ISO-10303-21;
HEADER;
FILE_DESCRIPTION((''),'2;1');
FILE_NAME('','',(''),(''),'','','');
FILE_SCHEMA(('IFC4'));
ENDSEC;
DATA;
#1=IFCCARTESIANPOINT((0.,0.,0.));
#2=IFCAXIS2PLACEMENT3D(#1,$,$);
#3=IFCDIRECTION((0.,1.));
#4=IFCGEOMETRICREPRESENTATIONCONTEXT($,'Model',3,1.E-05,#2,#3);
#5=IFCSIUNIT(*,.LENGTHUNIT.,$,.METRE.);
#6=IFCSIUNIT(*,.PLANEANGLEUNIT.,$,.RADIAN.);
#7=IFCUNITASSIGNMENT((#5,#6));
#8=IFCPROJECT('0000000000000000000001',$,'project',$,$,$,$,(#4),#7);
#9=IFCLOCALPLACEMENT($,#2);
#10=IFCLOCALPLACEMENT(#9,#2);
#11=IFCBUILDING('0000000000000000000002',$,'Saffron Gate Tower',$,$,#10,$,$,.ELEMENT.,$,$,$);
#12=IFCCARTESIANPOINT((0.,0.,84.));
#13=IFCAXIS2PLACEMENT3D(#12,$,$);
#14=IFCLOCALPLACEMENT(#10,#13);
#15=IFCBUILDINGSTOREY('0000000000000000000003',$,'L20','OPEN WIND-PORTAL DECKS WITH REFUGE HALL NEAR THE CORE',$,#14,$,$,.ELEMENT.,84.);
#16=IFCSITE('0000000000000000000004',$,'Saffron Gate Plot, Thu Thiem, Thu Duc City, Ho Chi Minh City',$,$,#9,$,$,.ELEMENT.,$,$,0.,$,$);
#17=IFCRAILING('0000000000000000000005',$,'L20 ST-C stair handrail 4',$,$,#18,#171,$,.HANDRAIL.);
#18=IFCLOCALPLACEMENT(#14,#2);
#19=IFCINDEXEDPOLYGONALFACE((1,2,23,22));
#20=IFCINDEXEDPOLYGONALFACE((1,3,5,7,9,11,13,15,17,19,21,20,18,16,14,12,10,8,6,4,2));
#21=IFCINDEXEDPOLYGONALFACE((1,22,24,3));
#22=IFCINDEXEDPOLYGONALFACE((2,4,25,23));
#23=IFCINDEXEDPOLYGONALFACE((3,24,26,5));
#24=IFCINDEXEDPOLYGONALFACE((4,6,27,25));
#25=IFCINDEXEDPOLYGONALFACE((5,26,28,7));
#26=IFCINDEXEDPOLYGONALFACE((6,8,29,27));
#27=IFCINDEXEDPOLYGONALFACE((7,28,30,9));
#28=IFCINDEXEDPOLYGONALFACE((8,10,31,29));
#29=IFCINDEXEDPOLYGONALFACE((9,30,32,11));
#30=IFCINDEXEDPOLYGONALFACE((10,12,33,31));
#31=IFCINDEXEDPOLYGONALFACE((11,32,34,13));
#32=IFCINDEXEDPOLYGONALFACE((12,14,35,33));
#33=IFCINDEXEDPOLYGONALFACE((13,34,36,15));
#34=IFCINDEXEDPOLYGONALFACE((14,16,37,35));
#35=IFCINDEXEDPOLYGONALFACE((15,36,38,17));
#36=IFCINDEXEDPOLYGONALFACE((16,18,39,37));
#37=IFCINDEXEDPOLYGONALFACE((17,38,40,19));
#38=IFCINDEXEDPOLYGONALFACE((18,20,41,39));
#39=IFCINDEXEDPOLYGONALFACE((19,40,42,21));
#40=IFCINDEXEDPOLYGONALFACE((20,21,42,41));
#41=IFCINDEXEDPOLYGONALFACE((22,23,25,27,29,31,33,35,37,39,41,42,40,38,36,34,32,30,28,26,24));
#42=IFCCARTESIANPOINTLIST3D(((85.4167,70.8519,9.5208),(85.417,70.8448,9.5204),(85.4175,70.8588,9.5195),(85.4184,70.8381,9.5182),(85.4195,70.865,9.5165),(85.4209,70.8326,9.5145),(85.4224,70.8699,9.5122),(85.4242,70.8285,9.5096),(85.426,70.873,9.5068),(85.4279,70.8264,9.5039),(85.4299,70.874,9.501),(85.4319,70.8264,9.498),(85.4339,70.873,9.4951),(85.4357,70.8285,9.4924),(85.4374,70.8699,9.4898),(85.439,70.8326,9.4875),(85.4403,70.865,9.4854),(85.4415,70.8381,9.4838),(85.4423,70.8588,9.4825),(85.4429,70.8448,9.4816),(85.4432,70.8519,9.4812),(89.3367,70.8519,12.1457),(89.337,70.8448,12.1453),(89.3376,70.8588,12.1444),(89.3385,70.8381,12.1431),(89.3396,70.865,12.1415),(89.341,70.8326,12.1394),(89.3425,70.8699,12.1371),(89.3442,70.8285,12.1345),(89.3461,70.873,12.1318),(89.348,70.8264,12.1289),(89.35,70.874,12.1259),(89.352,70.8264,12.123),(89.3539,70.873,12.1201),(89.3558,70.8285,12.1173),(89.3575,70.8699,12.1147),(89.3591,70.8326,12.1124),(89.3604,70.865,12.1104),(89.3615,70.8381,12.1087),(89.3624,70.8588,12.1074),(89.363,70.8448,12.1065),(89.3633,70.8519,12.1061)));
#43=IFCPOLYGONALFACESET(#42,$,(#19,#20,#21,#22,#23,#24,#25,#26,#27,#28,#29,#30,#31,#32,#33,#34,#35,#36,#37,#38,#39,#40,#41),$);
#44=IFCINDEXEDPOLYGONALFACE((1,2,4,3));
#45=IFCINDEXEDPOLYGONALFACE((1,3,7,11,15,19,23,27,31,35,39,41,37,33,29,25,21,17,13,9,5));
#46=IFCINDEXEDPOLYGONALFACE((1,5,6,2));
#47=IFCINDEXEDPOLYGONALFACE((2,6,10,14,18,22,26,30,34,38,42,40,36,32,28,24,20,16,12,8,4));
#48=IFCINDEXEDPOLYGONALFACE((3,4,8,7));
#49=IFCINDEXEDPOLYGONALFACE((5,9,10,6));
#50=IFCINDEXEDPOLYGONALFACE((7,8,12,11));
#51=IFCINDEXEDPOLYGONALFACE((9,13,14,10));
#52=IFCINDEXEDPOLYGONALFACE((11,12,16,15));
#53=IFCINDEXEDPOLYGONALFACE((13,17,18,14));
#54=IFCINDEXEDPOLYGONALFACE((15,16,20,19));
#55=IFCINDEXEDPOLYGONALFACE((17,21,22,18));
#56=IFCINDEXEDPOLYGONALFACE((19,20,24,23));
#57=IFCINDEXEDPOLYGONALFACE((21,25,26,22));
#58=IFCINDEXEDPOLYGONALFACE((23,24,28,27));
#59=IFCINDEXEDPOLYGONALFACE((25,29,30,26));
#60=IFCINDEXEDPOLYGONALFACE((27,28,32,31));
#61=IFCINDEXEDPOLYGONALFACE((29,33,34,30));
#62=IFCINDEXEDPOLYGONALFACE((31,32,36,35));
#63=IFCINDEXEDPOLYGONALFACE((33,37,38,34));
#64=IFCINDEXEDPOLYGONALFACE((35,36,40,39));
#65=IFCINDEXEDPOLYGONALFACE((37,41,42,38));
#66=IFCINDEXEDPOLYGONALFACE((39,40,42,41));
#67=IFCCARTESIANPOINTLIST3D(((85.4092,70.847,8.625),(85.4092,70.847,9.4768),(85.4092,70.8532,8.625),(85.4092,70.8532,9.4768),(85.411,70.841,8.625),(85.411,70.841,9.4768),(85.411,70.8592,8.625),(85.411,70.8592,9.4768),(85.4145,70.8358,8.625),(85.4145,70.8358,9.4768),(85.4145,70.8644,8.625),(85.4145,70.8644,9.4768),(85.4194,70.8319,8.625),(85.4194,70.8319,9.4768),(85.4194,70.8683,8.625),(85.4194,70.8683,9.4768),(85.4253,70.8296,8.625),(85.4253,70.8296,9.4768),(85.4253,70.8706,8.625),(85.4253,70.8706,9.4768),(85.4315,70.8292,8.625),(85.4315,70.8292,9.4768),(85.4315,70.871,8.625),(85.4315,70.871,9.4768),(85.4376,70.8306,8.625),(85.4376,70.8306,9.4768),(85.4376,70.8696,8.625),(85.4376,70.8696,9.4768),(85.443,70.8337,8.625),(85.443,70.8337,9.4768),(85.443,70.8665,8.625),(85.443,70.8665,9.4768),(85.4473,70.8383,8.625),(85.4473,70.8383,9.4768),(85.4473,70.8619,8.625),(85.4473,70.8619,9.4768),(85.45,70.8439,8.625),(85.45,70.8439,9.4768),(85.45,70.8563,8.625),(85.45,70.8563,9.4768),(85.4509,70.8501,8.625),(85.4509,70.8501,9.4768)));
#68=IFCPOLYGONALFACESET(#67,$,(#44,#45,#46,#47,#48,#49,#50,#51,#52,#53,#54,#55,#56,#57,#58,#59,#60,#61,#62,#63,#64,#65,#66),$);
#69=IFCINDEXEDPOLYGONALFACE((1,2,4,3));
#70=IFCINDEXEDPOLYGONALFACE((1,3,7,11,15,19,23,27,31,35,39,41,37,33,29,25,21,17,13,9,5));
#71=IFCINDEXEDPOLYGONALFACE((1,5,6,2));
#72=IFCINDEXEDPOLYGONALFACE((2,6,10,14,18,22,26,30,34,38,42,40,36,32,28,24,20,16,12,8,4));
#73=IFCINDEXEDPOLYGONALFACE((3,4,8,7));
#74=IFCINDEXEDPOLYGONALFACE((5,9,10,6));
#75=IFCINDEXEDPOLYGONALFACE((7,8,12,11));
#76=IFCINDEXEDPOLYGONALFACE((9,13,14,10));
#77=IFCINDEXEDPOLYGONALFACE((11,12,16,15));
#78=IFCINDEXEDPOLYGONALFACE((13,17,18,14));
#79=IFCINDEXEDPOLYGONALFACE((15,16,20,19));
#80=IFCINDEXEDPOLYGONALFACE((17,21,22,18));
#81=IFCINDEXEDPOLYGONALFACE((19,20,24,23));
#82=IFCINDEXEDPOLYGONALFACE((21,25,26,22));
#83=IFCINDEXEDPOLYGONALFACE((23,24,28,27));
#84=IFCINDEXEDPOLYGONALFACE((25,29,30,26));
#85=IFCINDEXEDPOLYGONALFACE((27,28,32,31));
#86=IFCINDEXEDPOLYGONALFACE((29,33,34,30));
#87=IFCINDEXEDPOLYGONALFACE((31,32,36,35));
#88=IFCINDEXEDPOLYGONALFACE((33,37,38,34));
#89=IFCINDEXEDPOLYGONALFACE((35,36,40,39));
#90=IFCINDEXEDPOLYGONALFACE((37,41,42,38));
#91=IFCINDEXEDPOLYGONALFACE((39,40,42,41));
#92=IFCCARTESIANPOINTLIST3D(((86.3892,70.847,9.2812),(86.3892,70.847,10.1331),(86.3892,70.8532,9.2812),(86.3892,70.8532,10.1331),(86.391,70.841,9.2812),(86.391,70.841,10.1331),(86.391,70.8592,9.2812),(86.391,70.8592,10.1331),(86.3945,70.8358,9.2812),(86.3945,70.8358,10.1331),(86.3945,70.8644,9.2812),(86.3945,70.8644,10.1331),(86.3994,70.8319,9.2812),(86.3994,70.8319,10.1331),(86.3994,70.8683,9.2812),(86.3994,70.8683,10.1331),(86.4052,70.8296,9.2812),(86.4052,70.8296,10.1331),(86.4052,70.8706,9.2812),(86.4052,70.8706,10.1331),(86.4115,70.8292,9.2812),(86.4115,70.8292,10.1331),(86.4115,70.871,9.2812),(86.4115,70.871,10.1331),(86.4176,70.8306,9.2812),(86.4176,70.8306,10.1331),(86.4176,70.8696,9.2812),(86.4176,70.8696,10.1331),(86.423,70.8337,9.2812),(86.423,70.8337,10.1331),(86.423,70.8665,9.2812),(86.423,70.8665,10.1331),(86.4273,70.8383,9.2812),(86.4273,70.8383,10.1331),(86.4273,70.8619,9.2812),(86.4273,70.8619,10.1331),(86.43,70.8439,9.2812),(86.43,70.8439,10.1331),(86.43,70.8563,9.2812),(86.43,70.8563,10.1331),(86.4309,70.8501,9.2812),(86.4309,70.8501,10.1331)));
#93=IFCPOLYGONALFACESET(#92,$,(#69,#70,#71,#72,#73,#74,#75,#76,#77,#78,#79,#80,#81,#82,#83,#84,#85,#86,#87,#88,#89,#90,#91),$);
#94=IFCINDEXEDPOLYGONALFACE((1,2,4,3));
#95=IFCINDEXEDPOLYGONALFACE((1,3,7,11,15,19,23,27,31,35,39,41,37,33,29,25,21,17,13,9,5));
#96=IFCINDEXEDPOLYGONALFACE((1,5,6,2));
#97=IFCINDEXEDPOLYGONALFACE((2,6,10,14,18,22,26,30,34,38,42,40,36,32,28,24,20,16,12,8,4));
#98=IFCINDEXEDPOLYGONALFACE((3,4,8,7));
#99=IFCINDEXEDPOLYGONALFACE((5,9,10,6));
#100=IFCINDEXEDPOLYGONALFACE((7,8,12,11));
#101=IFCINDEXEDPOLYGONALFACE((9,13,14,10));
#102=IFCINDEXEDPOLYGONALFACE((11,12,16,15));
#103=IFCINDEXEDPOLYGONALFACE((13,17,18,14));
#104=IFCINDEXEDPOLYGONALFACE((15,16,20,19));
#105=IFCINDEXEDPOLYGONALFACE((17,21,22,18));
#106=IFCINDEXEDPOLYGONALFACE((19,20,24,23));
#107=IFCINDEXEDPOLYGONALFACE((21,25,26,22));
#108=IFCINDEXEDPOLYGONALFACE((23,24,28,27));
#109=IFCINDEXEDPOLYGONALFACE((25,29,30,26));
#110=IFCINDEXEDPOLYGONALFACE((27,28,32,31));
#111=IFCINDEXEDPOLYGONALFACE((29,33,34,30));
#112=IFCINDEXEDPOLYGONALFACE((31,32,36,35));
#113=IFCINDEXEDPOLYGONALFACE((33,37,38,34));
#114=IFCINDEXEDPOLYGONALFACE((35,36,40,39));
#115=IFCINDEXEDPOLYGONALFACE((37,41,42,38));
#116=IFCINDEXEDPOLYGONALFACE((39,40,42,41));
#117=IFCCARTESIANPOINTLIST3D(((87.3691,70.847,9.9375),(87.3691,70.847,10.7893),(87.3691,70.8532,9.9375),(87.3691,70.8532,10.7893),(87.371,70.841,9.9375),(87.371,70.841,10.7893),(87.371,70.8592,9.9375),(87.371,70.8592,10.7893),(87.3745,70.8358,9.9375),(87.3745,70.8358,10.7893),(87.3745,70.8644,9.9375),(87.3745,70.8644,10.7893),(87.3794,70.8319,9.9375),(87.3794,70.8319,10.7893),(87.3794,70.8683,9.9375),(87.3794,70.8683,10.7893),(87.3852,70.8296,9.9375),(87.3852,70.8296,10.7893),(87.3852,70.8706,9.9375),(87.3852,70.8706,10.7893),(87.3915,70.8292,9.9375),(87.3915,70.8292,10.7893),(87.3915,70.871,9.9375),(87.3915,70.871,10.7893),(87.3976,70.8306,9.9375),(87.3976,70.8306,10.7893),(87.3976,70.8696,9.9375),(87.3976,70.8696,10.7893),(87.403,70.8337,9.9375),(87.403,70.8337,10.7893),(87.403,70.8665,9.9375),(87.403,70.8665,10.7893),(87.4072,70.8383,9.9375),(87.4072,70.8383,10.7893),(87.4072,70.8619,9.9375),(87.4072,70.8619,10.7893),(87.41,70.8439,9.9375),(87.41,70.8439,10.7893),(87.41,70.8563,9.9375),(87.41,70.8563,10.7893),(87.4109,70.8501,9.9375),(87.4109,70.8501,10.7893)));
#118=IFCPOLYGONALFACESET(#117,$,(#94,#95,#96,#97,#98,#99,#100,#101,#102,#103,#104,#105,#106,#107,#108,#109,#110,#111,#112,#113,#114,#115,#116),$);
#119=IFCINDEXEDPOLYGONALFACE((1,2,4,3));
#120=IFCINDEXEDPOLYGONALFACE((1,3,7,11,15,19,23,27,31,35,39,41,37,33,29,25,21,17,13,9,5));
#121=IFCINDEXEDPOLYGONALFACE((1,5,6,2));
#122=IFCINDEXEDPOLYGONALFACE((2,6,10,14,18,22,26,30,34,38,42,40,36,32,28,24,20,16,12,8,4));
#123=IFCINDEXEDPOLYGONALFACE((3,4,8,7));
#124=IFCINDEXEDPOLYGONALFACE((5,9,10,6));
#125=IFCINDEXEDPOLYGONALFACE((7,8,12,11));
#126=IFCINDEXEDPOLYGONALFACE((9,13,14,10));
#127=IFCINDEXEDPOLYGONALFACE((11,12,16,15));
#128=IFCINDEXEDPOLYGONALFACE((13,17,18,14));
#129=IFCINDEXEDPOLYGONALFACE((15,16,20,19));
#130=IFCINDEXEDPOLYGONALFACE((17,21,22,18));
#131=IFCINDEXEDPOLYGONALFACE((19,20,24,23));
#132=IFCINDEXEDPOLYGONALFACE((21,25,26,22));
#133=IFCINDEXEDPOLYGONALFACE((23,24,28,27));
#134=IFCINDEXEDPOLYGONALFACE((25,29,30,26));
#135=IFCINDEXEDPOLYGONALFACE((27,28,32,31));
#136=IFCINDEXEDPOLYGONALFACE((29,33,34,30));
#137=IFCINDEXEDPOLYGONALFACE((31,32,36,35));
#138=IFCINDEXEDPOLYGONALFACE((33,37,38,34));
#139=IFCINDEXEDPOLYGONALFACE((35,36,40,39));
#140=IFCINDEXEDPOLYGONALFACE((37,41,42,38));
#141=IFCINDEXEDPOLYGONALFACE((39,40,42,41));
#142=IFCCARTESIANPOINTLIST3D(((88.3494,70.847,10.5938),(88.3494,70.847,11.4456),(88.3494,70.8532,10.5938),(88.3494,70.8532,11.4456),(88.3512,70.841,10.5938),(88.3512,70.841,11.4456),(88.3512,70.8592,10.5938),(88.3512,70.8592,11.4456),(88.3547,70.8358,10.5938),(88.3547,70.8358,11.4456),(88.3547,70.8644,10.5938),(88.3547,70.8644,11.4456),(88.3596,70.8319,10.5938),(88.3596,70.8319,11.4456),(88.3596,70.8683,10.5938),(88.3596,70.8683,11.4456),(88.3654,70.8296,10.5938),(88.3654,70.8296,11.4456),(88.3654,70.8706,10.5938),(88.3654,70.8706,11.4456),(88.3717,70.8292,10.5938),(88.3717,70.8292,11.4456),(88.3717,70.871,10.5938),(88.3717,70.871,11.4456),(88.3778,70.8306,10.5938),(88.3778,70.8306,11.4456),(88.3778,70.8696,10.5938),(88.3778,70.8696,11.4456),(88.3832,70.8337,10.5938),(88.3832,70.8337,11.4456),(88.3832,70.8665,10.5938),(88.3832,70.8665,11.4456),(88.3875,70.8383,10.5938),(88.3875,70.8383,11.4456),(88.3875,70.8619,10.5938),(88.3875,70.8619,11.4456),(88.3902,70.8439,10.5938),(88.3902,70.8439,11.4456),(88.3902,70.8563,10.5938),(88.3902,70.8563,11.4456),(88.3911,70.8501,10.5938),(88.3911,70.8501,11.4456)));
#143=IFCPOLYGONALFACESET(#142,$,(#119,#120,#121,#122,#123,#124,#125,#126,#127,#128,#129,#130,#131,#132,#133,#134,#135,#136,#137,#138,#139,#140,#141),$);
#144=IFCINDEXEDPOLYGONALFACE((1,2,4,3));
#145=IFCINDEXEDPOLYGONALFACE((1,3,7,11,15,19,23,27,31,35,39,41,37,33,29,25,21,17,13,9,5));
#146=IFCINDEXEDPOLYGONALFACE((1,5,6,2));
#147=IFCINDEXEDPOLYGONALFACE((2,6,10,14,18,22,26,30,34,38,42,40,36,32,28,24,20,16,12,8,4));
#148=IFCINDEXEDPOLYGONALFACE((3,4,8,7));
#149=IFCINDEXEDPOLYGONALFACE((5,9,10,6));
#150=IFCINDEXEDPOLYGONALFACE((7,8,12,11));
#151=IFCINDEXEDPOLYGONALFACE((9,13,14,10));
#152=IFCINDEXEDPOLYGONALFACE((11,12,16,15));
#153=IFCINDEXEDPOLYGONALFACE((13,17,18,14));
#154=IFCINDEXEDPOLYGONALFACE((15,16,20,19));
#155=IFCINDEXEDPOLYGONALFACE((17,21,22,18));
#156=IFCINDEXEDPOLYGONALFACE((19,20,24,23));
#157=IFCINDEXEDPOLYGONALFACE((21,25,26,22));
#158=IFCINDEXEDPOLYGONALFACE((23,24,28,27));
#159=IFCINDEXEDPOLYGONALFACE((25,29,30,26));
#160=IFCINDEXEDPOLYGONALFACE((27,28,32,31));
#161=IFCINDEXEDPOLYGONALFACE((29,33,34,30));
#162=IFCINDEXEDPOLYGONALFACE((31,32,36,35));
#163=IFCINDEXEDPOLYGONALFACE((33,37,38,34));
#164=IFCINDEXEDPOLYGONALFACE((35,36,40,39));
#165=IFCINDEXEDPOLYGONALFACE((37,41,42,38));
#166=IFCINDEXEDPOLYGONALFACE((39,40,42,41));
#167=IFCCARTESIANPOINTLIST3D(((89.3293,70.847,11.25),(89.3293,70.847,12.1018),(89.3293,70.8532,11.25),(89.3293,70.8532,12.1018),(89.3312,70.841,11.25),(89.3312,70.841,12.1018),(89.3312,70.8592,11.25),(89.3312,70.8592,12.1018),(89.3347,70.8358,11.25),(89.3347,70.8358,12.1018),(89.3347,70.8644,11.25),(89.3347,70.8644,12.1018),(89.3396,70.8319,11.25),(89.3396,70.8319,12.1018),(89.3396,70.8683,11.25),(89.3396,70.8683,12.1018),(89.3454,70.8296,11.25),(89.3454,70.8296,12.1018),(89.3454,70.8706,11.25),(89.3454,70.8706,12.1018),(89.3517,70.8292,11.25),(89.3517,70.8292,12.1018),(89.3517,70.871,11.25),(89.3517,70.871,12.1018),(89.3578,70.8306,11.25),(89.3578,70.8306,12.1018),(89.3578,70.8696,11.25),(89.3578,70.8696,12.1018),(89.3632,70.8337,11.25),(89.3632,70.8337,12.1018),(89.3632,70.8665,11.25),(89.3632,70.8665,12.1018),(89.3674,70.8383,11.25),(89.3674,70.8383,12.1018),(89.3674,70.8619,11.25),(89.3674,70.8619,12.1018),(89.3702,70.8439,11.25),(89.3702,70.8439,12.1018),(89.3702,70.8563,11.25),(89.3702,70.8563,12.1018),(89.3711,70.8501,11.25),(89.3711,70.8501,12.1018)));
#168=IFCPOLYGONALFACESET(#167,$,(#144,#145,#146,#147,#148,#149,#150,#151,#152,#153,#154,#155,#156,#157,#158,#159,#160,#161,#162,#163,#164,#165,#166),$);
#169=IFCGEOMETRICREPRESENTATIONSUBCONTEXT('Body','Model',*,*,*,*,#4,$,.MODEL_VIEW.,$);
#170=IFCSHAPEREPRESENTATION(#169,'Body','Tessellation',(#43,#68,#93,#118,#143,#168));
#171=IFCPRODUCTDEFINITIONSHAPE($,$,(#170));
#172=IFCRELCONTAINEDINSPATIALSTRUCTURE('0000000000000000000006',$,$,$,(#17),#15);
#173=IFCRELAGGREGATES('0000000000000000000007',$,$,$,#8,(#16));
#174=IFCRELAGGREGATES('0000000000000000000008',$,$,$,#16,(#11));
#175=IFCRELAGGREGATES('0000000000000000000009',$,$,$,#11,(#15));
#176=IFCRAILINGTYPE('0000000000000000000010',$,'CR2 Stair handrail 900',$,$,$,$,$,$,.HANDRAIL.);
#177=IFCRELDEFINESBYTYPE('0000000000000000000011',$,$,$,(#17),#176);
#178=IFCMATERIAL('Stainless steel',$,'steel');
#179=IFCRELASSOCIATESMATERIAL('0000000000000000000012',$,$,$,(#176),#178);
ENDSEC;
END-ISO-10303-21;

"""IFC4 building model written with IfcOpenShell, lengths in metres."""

from ifc_helpers import new_model, si_unit, direction, frame, origin, origin_2d, place, context, subcontext, project, spatial, circle, extrude, material, type_object, element, save


model = new_model("IFC4")

# Units and contexts
model_context = context("Model", 3, precision=1e-05, world=origin(), true_north=direction((0.0, 1.0)))
body_context = subcontext(model_context, "Body", "Model", "MODEL_VIEW")
ifc_project = project(units=[si_unit("LENGTHUNIT", "METRE"), si_unit("PLANEANGLEUNIT", "RADIAN")], contexts=[model_context])

# Site, building, storey
site_placement = place(None, origin())
site = spatial("IfcSite", under=ifc_project, at=site_placement, Name="Saffron Gate Plot, Thu Thiem, Thu Duc City, Ho Chi Minh City", CompositionType="ELEMENT", RefElevation=0.0)
building_placement = place(site_placement, origin())
building = spatial("IfcBuilding", under=site, at=building_placement, Name="Saffron Gate Tower", CompositionType="ELEMENT")
storey_placement = place(building_placement, frame((0.0, 0.0, 84.0)))
storey = spatial("IfcBuildingStorey", under=building, at=storey_placement, Name="L20", Description="OPEN WIND-PORTAL DECKS WITH REFUGE HALL NEAR THE CORE", CompositionType="ELEMENT", Elevation=84.0)

# Railing
ifc_material_1 = material(Name="Stainless steel", Category="steel")
railing_type_1 = type_object("IfcRailingType", Name="CR2 Stair handrail 900", PredefinedType="HANDRAIL", material=ifc_material_1)
railing_1_placement = place(storey_placement, frame((85.4299, 70.8501, 8.625)))
element("IfcRailing", 1, at=railing_1_placement, inside=storey, type_object=railing_type_1, Name="L20 ST-C stair handrail 4", PredefinedType="HANDRAIL", context=body_context, shape_type="SweptSolid", body=[
    extrude(circle(Radius=0.0239, at=origin_2d()), frame((0.0, 0.0, 0.876), z_axis=(0.830918, 0.0, 0.556395), x_axis=(0.0, 1.0, 0.0)), (0.0, 0.0, 1.0), 4.7178),
    extrude(circle(Radius=0.021, at=origin_2d()), origin(), (0.0, 0.0, 1.0), 0.8518),
    extrude(circle(Radius=0.021, at=origin_2d()), frame((0.98, 0.0, 0.6562)), (0.0, 0.0, 1.0), 0.8518),
    extrude(circle(Radius=0.021, at=origin_2d()), frame((1.96, 0.0, 1.3125)), (0.0, 0.0, 1.0), 0.8518),
    extrude(circle(Radius=0.021, at=origin_2d()), frame((2.9402, 0.0, 1.9688)), (0.0, 0.0, 1.0), 0.8518),
    extrude(circle(Radius=0.021, at=origin_2d()), frame((3.9202, 0.0, 2.625)), (0.0, 0.0, 1.0), 0.8518),
])

save(model, "model.ifc")
